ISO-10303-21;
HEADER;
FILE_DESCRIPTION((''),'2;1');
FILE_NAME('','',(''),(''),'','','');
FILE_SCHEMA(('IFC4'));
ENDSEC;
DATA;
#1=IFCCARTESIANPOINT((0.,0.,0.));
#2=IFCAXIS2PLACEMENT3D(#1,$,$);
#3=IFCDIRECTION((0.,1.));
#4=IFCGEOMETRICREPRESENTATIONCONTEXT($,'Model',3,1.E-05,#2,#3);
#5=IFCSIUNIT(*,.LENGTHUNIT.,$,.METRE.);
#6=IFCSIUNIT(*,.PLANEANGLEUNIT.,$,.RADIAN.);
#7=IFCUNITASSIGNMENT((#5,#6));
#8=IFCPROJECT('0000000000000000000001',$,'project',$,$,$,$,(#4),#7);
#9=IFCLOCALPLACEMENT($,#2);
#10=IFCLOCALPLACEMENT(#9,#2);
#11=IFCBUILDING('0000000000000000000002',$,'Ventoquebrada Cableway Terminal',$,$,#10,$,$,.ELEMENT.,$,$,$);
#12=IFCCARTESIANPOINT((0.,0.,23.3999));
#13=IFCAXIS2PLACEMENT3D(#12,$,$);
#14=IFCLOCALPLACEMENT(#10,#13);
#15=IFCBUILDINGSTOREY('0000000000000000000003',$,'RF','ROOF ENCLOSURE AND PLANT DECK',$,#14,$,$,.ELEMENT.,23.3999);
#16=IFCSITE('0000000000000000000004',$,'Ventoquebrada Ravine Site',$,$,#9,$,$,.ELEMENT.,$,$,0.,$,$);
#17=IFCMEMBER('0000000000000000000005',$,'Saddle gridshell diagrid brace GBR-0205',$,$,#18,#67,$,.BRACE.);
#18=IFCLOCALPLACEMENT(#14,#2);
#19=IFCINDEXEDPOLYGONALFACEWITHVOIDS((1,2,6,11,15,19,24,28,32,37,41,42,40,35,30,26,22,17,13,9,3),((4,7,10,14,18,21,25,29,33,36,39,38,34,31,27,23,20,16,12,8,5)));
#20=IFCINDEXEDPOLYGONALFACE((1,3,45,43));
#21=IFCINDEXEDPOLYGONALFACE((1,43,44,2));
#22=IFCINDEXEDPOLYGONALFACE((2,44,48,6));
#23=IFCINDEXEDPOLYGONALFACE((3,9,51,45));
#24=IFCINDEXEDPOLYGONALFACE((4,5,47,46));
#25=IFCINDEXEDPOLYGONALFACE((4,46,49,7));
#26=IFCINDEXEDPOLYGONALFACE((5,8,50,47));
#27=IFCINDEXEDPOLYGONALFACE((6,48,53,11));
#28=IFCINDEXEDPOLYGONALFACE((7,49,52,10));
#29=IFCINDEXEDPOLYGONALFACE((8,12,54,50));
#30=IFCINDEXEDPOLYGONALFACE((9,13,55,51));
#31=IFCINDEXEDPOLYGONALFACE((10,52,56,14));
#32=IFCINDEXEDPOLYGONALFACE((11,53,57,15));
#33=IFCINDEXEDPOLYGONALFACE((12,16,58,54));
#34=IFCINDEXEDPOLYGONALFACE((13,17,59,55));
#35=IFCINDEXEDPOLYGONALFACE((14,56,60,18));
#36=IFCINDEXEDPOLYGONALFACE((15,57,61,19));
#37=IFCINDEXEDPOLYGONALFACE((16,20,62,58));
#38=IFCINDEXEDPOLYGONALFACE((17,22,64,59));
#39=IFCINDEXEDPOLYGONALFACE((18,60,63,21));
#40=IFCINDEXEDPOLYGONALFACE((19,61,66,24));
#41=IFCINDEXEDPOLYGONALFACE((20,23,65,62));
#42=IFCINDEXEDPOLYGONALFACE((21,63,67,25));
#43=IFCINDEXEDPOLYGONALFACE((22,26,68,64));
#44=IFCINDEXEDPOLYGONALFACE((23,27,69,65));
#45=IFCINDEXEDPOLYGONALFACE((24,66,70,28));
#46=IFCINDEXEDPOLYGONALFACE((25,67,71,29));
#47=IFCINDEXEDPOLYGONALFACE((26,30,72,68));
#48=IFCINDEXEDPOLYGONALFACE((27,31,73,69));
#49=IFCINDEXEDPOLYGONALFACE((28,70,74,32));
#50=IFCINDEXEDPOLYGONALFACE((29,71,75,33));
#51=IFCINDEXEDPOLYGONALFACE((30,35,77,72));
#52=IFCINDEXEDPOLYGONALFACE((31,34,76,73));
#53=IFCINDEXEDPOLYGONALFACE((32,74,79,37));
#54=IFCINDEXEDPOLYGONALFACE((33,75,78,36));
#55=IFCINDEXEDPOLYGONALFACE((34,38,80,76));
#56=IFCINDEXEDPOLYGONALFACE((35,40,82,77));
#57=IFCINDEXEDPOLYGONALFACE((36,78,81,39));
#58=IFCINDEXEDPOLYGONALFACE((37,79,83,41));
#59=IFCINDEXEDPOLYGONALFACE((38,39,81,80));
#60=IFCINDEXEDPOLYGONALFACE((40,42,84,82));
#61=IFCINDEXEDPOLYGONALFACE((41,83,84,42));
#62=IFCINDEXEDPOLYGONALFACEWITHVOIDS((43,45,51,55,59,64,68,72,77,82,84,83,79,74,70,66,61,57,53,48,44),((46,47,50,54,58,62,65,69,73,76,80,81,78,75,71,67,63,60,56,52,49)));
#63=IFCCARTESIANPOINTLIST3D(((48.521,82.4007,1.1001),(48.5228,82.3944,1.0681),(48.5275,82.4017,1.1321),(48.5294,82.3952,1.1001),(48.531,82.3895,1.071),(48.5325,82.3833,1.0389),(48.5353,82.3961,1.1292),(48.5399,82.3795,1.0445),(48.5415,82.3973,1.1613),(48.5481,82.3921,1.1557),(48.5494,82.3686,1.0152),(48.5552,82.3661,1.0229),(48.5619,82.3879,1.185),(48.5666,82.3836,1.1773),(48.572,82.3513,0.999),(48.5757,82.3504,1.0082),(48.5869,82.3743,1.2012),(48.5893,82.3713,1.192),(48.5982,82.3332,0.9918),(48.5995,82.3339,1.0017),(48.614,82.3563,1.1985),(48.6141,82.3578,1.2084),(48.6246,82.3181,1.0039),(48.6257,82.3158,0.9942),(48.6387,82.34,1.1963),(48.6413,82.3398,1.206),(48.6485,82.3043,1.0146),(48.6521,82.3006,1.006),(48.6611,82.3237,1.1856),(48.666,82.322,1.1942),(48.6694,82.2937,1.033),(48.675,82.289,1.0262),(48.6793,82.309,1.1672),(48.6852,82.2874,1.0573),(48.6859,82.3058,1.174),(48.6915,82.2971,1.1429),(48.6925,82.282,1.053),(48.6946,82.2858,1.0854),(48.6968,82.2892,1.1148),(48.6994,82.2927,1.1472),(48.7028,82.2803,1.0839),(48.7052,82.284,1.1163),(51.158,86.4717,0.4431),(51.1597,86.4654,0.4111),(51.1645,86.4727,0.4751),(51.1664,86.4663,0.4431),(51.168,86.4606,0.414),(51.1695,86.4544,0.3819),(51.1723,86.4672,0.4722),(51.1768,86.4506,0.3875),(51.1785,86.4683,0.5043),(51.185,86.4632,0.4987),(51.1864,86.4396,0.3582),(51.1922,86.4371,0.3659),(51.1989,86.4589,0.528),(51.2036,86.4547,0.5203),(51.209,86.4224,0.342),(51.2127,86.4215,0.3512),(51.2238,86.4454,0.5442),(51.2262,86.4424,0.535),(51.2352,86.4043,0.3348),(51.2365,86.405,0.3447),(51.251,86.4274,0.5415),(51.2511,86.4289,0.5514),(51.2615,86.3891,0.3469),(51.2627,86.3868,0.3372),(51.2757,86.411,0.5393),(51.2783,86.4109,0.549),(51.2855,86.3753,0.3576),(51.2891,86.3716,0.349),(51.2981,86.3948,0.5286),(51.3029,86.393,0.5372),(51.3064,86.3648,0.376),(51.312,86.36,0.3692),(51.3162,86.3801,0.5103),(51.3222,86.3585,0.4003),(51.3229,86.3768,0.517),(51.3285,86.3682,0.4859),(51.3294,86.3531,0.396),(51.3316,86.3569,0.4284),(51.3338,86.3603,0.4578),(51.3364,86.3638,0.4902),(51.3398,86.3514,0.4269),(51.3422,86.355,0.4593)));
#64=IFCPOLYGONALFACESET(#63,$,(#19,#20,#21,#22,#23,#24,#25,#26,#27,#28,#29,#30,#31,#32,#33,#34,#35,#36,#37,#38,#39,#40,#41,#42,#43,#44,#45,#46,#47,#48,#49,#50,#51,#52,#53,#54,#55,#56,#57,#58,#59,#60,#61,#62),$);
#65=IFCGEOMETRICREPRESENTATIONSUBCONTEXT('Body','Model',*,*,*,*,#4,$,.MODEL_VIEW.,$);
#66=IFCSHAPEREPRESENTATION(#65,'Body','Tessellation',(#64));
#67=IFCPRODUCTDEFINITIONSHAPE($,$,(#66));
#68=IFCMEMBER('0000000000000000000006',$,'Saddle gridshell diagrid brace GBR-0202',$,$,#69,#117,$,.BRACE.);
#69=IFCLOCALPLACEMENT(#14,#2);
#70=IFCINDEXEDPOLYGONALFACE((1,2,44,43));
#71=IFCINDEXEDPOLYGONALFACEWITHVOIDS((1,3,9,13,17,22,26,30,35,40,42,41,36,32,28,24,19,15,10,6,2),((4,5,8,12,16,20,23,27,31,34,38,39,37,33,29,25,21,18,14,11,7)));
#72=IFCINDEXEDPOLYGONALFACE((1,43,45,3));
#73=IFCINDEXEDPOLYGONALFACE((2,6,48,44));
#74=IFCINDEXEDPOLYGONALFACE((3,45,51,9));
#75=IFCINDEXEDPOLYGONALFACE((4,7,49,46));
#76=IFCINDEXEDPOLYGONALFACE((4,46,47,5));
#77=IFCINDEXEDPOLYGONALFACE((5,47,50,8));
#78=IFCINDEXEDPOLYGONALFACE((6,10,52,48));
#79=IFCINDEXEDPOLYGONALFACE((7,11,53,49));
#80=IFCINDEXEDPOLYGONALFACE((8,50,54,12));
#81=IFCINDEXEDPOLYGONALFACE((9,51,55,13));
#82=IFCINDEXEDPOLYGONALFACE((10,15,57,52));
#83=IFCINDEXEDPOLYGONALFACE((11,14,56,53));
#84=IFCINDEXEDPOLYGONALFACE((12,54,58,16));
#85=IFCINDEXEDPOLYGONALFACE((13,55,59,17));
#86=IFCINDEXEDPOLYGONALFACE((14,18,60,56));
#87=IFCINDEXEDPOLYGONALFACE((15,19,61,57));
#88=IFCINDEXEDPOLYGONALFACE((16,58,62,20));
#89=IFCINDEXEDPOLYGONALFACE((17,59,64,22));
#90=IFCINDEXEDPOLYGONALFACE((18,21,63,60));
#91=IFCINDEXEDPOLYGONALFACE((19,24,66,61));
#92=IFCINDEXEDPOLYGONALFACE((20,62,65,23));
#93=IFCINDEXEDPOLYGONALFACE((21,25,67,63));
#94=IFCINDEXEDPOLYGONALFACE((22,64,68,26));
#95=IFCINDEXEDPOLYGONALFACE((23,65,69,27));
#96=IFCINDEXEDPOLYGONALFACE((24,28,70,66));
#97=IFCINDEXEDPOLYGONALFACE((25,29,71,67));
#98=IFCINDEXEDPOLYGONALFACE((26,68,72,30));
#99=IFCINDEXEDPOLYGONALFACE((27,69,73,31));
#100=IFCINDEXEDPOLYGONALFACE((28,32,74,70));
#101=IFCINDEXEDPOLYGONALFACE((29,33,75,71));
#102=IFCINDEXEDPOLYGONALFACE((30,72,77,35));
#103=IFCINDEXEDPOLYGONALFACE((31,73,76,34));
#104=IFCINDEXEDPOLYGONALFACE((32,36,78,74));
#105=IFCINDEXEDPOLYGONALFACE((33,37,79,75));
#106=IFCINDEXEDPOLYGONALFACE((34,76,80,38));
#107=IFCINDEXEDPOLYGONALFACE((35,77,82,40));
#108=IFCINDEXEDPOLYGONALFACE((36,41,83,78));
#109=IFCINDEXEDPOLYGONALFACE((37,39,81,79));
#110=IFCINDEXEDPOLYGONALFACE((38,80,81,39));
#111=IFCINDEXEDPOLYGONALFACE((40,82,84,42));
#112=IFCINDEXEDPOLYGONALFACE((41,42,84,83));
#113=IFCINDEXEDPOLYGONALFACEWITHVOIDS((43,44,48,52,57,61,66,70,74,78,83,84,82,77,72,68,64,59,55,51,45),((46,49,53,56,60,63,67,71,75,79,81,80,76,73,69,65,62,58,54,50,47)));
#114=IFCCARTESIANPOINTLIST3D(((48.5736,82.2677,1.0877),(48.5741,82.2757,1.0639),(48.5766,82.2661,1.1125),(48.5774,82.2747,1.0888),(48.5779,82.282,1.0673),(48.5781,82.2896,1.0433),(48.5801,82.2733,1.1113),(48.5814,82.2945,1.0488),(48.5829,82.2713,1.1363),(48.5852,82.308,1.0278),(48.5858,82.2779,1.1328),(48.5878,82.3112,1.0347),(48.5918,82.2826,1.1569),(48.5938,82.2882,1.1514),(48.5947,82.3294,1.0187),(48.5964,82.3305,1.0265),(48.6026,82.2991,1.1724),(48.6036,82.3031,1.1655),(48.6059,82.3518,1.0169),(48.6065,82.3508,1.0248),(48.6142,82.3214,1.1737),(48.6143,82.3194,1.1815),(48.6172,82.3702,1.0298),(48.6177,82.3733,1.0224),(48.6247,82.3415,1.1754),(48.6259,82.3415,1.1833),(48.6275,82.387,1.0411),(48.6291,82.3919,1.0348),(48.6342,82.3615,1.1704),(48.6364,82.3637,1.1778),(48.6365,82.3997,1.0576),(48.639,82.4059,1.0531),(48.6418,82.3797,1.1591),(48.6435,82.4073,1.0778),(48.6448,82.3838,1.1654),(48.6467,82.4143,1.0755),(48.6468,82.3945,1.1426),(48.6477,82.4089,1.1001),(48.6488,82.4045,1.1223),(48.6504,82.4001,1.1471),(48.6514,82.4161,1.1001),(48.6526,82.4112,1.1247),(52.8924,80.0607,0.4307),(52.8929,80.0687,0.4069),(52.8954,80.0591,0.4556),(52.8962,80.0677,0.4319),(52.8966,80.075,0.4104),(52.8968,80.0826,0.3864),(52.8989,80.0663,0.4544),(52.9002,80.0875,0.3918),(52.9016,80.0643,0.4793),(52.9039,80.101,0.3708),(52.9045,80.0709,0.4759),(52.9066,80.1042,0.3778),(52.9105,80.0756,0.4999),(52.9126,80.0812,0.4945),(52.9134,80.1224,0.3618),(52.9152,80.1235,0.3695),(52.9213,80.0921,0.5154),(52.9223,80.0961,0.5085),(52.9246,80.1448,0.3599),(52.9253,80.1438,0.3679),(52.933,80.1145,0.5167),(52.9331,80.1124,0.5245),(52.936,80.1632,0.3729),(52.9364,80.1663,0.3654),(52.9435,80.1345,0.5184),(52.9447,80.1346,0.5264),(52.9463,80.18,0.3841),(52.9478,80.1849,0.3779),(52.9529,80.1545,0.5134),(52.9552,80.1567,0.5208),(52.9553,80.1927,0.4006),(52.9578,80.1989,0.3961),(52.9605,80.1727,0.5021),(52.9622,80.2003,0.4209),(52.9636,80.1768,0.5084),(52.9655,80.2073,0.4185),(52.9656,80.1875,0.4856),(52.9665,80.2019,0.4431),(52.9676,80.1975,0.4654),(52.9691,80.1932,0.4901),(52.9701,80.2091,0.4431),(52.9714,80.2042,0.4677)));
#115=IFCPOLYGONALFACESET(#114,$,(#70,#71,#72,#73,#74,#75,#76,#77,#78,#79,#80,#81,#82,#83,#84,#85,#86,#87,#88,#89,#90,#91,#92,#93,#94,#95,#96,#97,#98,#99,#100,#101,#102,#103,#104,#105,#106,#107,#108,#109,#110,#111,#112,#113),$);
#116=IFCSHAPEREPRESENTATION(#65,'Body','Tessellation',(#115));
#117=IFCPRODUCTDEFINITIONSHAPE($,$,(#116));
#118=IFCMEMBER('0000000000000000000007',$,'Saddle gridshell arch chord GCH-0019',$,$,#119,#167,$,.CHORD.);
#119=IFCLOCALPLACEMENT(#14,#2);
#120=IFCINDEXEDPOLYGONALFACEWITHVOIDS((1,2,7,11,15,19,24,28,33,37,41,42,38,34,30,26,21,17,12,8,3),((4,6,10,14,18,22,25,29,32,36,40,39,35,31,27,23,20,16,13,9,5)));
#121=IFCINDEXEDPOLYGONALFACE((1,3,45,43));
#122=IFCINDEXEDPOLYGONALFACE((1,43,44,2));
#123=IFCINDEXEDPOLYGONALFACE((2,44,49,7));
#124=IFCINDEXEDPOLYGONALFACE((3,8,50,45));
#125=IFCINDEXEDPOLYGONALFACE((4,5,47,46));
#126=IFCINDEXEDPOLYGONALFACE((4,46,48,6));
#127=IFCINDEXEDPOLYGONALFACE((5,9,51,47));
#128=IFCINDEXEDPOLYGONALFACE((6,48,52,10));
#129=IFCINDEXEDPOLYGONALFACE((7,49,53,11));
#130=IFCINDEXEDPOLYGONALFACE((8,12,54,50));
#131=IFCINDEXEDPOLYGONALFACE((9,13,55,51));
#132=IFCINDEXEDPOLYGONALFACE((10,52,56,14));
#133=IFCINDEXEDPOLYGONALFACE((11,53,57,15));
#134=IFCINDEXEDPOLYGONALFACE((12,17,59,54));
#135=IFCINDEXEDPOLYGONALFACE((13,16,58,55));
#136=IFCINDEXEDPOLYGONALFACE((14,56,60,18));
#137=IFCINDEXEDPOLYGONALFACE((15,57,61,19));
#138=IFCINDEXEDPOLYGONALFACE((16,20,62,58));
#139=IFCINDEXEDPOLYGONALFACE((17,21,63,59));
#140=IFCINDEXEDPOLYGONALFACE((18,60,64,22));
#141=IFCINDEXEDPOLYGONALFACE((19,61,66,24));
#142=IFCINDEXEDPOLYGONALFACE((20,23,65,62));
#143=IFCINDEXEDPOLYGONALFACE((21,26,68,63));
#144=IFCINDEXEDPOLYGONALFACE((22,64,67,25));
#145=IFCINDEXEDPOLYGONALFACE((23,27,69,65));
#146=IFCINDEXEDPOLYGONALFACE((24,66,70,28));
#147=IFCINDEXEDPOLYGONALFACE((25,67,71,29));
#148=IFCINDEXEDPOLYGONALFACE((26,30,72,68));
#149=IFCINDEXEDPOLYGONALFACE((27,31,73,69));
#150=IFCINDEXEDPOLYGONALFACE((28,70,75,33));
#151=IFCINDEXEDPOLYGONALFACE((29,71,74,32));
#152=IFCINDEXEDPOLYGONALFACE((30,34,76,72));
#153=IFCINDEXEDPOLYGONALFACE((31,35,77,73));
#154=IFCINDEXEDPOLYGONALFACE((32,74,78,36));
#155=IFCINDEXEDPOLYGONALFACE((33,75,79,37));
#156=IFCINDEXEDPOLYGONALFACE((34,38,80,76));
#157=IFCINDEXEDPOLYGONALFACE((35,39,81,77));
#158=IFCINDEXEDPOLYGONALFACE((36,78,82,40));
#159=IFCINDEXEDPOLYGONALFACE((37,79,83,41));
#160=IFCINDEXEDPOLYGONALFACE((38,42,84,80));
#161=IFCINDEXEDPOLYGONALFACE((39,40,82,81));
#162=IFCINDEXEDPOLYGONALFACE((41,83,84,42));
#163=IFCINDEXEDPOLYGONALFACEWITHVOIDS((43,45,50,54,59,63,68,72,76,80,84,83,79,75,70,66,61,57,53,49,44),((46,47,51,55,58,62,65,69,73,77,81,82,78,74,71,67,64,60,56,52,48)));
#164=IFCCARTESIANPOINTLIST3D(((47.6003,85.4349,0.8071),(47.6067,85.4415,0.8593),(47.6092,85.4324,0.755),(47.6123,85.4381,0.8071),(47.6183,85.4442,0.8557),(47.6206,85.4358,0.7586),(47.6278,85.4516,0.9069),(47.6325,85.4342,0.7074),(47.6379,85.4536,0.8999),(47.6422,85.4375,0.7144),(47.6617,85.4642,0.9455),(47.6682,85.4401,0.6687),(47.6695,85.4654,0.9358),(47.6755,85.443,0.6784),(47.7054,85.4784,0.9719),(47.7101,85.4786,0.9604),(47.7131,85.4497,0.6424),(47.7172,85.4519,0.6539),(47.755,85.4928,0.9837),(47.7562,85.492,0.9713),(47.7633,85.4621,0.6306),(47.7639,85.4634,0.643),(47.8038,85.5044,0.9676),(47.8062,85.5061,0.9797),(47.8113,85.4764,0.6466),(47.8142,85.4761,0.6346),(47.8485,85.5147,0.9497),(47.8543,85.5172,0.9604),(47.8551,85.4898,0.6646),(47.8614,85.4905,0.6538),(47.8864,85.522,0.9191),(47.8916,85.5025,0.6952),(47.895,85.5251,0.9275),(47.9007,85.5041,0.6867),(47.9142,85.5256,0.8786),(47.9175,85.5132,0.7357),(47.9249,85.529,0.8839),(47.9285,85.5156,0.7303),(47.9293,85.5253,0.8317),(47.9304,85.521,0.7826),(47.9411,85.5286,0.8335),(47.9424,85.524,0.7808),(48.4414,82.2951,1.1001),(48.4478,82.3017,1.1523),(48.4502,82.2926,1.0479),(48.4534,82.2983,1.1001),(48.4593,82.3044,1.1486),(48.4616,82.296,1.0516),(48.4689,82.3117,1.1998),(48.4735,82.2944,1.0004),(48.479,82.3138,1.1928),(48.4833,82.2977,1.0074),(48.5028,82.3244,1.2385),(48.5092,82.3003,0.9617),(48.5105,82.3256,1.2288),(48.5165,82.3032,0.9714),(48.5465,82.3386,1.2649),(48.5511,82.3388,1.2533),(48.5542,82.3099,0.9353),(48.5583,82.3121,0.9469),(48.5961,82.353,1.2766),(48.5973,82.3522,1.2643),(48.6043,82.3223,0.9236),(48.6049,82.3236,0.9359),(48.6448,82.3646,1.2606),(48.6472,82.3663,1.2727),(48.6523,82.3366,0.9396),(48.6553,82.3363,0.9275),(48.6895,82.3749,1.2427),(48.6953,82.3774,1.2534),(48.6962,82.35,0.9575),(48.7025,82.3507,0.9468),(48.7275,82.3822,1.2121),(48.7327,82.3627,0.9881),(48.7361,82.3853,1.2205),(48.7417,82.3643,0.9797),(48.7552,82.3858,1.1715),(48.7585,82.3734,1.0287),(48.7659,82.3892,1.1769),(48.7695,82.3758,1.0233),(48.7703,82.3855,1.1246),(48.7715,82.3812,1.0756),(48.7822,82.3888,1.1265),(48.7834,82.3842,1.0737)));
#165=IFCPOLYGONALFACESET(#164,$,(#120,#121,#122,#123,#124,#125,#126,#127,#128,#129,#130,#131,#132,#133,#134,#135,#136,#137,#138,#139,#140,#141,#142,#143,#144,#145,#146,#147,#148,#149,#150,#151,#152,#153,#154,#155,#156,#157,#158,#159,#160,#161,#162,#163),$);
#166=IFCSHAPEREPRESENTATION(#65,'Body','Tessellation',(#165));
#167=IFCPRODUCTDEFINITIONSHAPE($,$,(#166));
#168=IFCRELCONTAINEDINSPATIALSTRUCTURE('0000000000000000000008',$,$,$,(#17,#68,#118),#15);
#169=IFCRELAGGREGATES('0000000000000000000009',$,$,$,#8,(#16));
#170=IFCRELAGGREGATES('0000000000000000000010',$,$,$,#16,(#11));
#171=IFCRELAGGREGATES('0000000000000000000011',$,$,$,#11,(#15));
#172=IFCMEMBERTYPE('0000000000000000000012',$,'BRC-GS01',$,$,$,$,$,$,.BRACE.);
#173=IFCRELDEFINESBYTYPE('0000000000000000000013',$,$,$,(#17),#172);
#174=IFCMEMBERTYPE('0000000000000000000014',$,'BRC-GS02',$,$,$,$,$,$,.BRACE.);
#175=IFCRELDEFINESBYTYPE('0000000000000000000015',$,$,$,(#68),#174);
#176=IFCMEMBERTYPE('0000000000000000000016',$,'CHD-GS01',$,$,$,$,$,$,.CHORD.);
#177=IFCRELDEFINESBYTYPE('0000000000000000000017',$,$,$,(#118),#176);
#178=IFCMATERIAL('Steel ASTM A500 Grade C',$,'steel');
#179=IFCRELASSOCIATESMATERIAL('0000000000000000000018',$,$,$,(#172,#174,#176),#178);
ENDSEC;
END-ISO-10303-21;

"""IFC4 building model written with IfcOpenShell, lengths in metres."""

from ifc_helpers import new_model, si_unit, direction, frame, origin, origin_2d, place, context, subcontext, project, spatial, hollow_circle, extrude, material, material_profile, profile_set, type_object, element, save


model = new_model("IFC4")

# Units and contexts
model_context = context("Model", 3, precision=1e-05, world=origin(), true_north=direction((0.0, 1.0)))
body_context = subcontext(model_context, "Body", "Model", "MODEL_VIEW")
ifc_project = project(units=[si_unit("LENGTHUNIT", "METRE"), si_unit("PLANEANGLEUNIT", "RADIAN")], contexts=[model_context])

# Site, building, storey
site_placement = place(None, origin())
site = spatial("IfcSite", under=ifc_project, at=site_placement, Name="Ventoquebrada Ravine Site", CompositionType="ELEMENT", RefElevation=0.0)
building_placement = place(site_placement, origin())
building = spatial("IfcBuilding", under=site, at=building_placement, Name="Ventoquebrada Cableway Terminal", CompositionType="ELEMENT")
storey_placement = place(building_placement, frame((0.0, 0.0, 23.3999)))
storey = spatial("IfcBuildingStorey", under=building, at=storey_placement, Name="RF", Description="ROOF ENCLOSURE AND PLANT DECK", CompositionType="ELEMENT", Elevation=23.3999)

# Members
ifc_material_1 = material(Name="Steel ASTM A500 Grade C", Category="steel")
ifc_material_profile_1 = material_profile(ifc_material_1, hollow_circle(Radius=0.1096, WallThickness=0.01, at=origin_2d()), Name="CHS219.1X10")
ifc_profile_set_1 = profile_set([ifc_material_profile_1], Name="Steel ASTM A500 Grade C")
member_type_1 = type_object("IfcMemberType", Name="BRC-GS01", PredefinedType="BRACE", material=ifc_profile_set_1)
member_1_placement = place(storey_placement, frame((48.613, 82.3411, 1.1001), z_axis=(0.538733, 0.831716, -0.134222), x_axis=(-0.839311, 0.543652, 0.0)))
element("IfcMember", 1, at=member_1_placement, inside=storey, type_object=member_type_1, Name="Saddle gridshell diagrid brace GBR-0205", PredefinedType="BRACE", context=body_context, shape_type="SweptSolid", body=[
    extrude(hollow_circle(Radius=0.1096, WallThickness=0.01, at=origin_2d()), origin(), (0.0, 0.0, 1.0), 4.8948),
])
ifc_material_profile_2 = material_profile(ifc_material_1, hollow_circle(Radius=0.0842, WallThickness=0.0081, at=origin_2d()), Name="CHS168.3X8")
ifc_profile_set_2 = profile_set([ifc_material_profile_2], Name="Steel ASTM A500 Grade C")
member_type_2 = type_object("IfcMemberType", Name="BRC-GS02", PredefinedType="BRACE", material=ifc_profile_set_2)
member_2_placement = place(storey_placement, frame((48.613, 82.3411, 1.1001), z_axis=(0.882408, -0.450931, -0.134232), x_axis=(0.455049, 0.890466, 0.0)))
element("IfcMember", 2, at=member_2_placement, inside=storey, type_object=member_type_2, Name="Saddle gridshell diagrid brace GBR-0202", PredefinedType="BRACE", context=body_context, shape_type="SweptSolid", body=[
    extrude(hollow_circle(Radius=0.0842, WallThickness=0.0081, at=origin_2d()), origin(), (0.0, 0.0, 1.0), 4.8943),
])
ifc_material_profile_3 = material_profile(ifc_material_1, hollow_circle(Radius=0.1777, WallThickness=0.0125, at=origin_2d()), Name="CHS355.6X12.5")
ifc_profile_set_3 = profile_set([ifc_material_profile_3], Name="Steel ASTM A500 Grade C")
member_type_3 = type_object("IfcMemberType", Name="CHD-GS01", PredefinedType="CHORD", material=ifc_profile_set_3)
member_3_placement = place(storey_placement, frame((48.613, 82.3411, 1.1001), z_axis=(-0.257698, 0.962047, -0.089764), x_axis=(-0.965946, -0.258742, 0.0)))
element("IfcMember", 3, at=member_3_placement, inside=storey, type_object=member_type_3, Name="Saddle gridshell arch chord GCH-0019", PredefinedType="CHORD", context=body_context, shape_type="SweptSolid", body=[
    extrude(hollow_circle(Radius=0.1777, WallThickness=0.0125, at=origin_2d()), origin(), (0.0, 0.0, 1.0), 3.2637),
])

save(model, "model.ifc")
